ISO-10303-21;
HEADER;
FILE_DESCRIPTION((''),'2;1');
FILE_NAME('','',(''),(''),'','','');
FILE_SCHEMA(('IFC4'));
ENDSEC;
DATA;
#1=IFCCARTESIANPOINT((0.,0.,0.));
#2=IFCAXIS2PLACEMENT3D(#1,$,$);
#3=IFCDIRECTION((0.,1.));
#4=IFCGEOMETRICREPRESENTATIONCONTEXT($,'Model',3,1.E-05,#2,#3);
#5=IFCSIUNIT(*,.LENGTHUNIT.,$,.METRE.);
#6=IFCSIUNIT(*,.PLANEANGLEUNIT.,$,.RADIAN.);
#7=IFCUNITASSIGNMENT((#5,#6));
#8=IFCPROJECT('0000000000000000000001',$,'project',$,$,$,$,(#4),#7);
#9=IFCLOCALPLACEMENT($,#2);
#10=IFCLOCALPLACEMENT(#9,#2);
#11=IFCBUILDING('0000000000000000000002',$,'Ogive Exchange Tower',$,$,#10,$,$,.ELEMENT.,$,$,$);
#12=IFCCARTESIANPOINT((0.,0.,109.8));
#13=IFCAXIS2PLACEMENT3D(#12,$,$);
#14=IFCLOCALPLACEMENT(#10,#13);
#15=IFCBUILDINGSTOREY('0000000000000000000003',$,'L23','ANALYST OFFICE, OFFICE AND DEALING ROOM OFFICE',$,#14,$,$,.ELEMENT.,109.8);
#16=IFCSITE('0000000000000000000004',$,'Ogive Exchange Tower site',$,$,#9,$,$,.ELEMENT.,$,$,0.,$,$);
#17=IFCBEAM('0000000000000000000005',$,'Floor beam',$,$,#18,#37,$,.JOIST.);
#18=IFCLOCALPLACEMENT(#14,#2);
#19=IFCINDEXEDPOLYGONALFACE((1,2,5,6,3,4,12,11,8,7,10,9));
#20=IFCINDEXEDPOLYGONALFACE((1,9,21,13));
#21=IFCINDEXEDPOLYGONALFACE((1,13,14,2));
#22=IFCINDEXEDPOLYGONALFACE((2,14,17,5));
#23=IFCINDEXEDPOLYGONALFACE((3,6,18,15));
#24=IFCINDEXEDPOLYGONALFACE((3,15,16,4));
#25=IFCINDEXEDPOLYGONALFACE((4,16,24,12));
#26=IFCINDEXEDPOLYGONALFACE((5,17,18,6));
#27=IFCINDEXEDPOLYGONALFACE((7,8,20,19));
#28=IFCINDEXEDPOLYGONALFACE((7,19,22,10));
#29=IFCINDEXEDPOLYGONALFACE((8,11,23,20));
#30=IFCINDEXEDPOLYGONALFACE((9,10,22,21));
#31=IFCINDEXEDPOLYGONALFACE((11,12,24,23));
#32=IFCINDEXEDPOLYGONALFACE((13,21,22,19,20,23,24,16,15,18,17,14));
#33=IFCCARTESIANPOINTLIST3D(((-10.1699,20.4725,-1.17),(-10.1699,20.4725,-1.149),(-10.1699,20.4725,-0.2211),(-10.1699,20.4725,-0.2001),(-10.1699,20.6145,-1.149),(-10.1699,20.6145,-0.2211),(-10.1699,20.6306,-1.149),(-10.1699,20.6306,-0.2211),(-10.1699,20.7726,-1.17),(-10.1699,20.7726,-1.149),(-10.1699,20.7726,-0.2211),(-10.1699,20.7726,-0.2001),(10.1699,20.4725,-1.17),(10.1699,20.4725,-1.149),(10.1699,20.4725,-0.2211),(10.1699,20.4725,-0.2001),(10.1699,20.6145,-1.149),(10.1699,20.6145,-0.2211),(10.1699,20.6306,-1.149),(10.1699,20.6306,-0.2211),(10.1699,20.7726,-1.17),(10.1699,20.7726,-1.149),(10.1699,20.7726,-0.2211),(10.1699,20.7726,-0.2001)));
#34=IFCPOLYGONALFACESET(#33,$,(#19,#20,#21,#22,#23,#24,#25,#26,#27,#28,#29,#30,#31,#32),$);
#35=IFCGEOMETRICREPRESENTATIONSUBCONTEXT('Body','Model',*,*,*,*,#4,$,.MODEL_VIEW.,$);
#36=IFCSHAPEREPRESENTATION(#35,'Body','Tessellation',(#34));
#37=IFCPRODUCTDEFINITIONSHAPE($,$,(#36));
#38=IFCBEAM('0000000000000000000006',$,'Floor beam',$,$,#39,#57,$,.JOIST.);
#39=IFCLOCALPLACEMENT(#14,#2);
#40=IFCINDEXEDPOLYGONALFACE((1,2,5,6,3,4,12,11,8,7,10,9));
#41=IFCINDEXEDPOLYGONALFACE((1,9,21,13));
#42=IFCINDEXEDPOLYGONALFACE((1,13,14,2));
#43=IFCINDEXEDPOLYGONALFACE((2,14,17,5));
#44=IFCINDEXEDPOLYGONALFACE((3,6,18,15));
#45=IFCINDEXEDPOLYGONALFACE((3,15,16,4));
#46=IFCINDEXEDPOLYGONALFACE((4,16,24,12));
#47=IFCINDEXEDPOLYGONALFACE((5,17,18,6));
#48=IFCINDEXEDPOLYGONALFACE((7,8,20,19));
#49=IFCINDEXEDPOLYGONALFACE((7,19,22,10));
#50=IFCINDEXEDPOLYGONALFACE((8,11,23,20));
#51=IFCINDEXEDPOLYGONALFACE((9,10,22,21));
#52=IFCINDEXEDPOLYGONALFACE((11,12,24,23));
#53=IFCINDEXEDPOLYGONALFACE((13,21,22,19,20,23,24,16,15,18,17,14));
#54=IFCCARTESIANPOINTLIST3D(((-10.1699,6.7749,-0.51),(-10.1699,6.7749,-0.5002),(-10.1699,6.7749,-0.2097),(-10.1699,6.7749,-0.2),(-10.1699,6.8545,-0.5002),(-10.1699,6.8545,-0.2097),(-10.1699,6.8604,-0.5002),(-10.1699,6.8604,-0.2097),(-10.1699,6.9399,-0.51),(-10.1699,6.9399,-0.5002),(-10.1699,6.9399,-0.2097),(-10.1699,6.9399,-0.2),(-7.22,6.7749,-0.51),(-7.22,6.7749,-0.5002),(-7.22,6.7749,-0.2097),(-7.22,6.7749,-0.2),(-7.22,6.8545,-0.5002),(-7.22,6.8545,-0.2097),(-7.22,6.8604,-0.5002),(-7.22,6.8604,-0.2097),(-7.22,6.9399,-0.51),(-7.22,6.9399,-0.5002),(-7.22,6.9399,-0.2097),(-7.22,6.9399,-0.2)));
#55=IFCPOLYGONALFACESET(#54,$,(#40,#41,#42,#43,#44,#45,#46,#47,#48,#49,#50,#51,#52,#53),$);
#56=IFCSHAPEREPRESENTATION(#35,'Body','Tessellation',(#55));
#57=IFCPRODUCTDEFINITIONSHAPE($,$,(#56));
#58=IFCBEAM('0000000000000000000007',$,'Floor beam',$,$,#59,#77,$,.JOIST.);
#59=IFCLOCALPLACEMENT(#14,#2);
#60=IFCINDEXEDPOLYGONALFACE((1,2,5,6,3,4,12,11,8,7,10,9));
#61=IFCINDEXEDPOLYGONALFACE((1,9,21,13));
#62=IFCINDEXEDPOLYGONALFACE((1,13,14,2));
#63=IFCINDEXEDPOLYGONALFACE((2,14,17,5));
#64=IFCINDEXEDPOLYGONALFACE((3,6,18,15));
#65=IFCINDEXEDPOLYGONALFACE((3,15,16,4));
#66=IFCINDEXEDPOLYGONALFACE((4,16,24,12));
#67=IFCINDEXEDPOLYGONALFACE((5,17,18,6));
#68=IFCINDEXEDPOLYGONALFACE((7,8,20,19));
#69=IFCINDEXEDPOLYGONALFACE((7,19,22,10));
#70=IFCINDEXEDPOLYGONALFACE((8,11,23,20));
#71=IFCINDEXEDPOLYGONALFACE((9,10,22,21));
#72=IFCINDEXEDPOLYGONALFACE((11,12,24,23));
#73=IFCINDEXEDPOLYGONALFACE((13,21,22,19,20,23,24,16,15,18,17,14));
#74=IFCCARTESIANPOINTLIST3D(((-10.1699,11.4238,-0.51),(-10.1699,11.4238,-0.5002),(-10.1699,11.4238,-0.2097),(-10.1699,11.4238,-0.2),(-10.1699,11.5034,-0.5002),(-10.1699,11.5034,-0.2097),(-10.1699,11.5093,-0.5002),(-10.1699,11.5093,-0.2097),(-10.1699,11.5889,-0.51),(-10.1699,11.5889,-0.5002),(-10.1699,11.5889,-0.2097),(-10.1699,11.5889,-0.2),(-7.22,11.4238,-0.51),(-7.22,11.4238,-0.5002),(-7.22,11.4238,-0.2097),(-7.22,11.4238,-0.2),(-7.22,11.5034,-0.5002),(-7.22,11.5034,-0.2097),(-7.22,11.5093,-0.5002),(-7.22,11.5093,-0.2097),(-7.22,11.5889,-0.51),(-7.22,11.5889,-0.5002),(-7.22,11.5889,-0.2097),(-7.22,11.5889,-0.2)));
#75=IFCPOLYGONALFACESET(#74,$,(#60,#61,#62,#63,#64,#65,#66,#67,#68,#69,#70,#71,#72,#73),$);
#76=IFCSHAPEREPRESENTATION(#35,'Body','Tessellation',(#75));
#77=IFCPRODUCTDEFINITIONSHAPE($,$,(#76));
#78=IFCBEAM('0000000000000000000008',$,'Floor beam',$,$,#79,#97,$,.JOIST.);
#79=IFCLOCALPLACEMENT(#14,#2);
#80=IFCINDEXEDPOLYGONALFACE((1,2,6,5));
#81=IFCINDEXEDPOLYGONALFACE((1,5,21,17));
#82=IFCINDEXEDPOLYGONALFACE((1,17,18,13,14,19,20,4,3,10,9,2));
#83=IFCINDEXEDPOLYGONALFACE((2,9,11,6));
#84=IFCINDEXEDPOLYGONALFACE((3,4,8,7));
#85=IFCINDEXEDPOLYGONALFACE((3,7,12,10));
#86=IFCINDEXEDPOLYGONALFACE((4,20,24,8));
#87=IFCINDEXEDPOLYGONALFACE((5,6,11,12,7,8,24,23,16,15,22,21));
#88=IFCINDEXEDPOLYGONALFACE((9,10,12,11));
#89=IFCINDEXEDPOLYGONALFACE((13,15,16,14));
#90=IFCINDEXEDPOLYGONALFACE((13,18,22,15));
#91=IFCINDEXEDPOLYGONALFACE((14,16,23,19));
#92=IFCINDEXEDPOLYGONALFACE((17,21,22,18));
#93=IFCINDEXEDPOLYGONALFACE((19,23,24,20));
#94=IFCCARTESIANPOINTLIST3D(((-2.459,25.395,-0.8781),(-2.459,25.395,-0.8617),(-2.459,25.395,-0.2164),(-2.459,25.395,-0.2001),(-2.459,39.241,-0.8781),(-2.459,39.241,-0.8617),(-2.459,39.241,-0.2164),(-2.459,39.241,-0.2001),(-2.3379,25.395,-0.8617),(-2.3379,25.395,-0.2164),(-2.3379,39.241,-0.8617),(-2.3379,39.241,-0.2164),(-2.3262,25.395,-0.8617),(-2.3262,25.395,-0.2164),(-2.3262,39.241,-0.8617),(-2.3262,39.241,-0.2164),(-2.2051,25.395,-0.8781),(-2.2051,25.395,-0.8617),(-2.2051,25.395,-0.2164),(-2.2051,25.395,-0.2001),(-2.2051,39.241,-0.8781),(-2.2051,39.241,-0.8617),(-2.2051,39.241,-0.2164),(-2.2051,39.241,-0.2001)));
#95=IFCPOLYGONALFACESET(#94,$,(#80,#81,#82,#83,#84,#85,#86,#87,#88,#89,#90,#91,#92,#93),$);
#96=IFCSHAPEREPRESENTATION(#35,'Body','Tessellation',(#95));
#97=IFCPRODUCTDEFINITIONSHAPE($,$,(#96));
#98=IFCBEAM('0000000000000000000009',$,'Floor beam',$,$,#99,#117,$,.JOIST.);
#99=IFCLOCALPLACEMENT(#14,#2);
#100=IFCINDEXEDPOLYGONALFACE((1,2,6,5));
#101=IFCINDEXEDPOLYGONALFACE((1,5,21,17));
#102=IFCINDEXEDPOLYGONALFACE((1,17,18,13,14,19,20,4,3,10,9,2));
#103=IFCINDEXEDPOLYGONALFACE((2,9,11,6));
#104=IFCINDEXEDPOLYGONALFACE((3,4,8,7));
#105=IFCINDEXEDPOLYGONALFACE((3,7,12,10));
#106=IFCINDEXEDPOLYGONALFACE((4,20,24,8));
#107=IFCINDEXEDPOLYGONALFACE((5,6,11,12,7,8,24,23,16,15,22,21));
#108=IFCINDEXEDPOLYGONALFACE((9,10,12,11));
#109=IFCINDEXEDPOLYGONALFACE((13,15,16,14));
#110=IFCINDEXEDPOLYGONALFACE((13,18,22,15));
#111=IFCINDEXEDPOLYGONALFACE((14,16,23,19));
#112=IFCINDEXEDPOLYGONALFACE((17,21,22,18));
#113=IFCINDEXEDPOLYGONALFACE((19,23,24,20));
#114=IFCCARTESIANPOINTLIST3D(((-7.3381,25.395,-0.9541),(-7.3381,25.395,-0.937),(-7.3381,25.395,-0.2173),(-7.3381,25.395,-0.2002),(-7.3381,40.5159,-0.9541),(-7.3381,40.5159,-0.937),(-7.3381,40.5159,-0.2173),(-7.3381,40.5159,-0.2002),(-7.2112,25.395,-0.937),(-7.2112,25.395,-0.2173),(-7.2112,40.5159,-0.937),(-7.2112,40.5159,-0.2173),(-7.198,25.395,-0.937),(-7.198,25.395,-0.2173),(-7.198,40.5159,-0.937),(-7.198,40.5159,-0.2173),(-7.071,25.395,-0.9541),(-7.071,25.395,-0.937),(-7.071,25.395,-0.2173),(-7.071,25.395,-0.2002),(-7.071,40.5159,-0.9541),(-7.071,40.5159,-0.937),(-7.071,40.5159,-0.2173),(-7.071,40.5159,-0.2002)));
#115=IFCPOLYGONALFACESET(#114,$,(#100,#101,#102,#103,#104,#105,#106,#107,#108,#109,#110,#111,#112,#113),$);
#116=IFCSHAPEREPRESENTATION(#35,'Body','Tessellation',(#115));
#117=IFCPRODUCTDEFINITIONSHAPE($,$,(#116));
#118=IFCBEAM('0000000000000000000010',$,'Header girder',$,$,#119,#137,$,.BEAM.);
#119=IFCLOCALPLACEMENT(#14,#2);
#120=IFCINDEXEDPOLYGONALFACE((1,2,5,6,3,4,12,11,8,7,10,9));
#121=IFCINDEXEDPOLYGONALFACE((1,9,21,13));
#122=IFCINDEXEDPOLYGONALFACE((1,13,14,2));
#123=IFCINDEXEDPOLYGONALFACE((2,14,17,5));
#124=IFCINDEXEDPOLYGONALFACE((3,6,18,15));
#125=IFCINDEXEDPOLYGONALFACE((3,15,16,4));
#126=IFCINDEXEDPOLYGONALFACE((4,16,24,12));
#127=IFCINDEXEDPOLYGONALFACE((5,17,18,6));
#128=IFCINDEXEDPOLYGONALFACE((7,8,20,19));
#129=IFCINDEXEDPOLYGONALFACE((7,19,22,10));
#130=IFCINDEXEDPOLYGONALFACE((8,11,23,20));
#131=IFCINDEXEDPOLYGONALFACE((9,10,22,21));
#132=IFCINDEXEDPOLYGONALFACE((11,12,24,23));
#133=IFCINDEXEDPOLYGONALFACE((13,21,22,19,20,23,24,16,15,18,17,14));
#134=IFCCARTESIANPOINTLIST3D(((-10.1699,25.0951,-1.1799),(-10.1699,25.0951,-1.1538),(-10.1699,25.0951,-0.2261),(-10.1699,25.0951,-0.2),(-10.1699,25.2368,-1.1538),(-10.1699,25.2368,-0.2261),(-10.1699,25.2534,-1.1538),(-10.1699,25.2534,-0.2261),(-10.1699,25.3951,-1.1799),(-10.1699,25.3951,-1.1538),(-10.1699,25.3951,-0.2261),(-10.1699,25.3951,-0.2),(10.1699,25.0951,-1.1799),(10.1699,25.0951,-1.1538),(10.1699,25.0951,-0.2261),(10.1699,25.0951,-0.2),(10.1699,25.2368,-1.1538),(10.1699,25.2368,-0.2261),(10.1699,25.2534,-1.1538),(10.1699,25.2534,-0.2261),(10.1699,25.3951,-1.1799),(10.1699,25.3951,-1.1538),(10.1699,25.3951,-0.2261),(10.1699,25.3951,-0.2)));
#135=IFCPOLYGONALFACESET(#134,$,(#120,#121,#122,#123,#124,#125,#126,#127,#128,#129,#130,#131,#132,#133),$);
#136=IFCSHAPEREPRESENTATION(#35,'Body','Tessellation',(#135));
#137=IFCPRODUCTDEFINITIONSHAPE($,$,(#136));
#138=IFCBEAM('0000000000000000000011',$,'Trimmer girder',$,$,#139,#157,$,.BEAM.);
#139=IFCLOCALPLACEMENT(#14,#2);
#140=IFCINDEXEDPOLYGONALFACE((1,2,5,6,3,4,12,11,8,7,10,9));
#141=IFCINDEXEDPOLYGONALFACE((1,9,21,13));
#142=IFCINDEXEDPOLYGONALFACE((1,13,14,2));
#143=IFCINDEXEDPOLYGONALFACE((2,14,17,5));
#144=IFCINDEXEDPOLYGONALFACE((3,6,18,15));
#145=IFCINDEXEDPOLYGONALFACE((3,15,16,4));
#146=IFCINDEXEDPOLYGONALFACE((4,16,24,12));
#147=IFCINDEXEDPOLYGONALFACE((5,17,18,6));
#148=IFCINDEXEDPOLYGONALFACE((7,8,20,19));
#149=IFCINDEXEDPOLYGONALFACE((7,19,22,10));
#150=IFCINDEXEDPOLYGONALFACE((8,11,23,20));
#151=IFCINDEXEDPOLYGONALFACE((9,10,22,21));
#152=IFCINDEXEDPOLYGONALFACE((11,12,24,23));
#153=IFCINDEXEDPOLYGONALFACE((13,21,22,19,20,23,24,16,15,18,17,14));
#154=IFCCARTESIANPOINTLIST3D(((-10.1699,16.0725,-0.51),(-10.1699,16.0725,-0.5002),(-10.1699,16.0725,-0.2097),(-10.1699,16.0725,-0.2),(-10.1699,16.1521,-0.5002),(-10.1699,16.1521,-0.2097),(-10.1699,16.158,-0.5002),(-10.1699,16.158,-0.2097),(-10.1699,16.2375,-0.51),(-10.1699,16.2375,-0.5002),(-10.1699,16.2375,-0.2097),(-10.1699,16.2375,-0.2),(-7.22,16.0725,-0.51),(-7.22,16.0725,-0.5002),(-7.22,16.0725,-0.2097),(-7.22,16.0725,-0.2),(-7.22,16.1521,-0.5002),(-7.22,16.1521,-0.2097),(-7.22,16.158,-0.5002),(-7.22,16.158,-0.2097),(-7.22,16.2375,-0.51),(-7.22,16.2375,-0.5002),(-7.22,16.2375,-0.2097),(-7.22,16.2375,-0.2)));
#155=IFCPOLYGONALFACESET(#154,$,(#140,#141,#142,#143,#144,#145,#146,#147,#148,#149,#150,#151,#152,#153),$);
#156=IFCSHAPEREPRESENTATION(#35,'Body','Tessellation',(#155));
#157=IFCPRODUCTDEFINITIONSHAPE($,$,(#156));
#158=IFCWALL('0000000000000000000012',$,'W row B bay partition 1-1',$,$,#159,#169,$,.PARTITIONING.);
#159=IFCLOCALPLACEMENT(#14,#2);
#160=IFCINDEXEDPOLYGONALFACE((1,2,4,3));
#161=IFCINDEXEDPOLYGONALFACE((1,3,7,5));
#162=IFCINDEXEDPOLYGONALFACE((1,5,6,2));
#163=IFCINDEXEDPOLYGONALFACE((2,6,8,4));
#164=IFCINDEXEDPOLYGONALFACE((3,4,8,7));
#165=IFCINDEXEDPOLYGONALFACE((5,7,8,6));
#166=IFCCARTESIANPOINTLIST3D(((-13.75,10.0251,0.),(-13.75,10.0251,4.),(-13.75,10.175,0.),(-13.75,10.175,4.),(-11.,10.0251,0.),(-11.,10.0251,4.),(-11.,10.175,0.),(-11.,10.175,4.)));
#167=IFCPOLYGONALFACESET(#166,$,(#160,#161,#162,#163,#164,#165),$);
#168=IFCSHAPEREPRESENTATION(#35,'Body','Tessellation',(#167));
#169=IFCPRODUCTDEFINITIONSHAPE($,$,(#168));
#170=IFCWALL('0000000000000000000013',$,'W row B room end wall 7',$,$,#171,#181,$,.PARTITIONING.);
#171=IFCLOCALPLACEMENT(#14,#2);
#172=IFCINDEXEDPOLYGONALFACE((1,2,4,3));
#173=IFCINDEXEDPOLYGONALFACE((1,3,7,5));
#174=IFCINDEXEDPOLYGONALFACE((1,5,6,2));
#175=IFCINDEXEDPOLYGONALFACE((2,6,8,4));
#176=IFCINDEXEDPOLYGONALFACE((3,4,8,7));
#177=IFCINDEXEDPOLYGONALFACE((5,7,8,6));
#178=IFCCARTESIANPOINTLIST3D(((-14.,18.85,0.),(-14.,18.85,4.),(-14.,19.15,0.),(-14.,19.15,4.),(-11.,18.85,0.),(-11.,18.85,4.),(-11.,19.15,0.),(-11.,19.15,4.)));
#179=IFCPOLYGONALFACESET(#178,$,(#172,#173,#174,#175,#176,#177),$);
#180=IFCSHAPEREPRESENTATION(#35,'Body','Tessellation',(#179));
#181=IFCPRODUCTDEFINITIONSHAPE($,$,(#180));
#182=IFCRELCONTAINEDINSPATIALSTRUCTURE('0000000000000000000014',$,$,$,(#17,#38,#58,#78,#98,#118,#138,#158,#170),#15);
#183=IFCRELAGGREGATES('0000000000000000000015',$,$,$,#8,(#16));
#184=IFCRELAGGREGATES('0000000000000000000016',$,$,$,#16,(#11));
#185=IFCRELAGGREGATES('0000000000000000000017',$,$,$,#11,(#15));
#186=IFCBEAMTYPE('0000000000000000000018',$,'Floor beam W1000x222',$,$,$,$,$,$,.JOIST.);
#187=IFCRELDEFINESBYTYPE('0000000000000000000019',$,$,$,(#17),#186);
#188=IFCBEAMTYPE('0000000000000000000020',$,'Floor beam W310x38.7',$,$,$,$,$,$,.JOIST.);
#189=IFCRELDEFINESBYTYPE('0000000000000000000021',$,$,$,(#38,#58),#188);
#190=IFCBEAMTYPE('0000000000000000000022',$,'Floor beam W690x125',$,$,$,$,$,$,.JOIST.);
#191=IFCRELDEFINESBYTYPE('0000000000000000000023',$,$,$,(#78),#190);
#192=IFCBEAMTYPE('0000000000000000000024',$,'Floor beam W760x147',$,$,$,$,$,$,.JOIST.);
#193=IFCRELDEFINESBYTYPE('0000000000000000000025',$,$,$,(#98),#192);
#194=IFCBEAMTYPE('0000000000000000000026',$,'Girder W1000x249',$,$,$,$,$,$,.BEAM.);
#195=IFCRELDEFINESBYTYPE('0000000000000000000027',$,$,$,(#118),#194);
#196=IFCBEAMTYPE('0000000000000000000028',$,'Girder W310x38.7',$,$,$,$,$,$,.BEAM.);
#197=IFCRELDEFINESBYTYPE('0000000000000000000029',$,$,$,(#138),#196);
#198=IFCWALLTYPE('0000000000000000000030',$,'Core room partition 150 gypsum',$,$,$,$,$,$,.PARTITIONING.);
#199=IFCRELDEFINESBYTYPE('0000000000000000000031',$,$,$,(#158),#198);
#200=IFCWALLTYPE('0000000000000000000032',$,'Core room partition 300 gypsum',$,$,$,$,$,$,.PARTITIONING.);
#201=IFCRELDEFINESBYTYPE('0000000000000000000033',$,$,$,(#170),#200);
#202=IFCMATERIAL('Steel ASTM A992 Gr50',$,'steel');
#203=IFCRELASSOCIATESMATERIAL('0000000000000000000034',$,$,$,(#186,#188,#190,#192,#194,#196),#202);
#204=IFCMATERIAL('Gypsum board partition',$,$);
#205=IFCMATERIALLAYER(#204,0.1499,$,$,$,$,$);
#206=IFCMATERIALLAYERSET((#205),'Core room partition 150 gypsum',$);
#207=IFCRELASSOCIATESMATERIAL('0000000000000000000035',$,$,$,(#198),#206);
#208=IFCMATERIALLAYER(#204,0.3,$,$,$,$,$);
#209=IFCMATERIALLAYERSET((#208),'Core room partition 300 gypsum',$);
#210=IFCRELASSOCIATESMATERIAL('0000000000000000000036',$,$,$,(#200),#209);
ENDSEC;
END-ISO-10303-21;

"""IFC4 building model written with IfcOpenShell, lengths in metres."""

from ifc_helpers import new_model, si_unit, direction, frame, frame_2d, origin, origin_2d, place, context, subcontext, project, spatial, rectangle, i_section, extrude, material, layer, layer_set, material_profile, profile_set, type_object, element, save


model = new_model("IFC4")

# Units and contexts
model_context = context("Model", 3, precision=1e-05, world=origin(), true_north=direction((0.0, 1.0)))
body_context = subcontext(model_context, "Body", "Model", "MODEL_VIEW")
ifc_project = project(units=[si_unit("LENGTHUNIT", "METRE"), si_unit("PLANEANGLEUNIT", "RADIAN")], contexts=[model_context])

# Site, building, storey
site_placement = place(None, origin())
site = spatial("IfcSite", under=ifc_project, at=site_placement, Name="Ogive Exchange Tower site", CompositionType="ELEMENT", RefElevation=0.0)
building_placement = place(site_placement, origin())
building = spatial("IfcBuilding", under=site, at=building_placement, Name="Ogive Exchange Tower", CompositionType="ELEMENT")
storey_placement = place(building_placement, frame((0.0, 0.0, 109.8)))
storey = spatial("IfcBuildingStorey", under=building, at=storey_placement, Name="L23", Description="ANALYST OFFICE, OFFICE AND DEALING ROOM OFFICE", CompositionType="ELEMENT", Elevation=109.8)

# Beams
ifc_material_1 = material(Name="Steel ASTM A992 Gr50", Category="steel")
ifc_material_profile_1 = material_profile(ifc_material_1, i_section(OverallWidth=0.3, OverallDepth=0.97, WebThickness=0.0161, FlangeThickness=0.021, at=origin_2d()), Name="W1000x222")
ifc_profile_set_1 = profile_set([ifc_material_profile_1], Name="Steel ASTM A992 Gr50")
beam_type_1 = type_object("IfcBeamType", Name="Floor beam W1000x222", PredefinedType="JOIST", material=ifc_profile_set_1)
beam_1_placement = place(storey_placement, frame((-10.1699, 20.6226, -0.6851), z_axis=(1.0, 0.0, 0.0), x_axis=(0.0, 1.0, 0.0)))
element("IfcBeam", 1, at=beam_1_placement, inside=storey, type_object=beam_type_1, Name="Floor beam", PredefinedType="JOIST", context=body_context, shape_type="SweptSolid", body=[
    extrude(i_section(OverallWidth=0.3, OverallDepth=0.97, WebThickness=0.0161, FlangeThickness=0.021, at=origin_2d()), origin(), (0.0, 0.0, 1.0), 20.3398),
])
ifc_material_profile_2 = material_profile(ifc_material_1, i_section(OverallWidth=0.165, OverallDepth=0.3101, WebThickness=0.0059, FlangeThickness=0.0098, at=origin_2d()), Name="W310x38.7")
ifc_profile_set_2 = profile_set([ifc_material_profile_2], Name="Steel ASTM A992 Gr50")
beam_type_2 = type_object("IfcBeamType", Name="Floor beam W310x38.7", PredefinedType="JOIST", material=ifc_profile_set_2)
for number, where, z_axis, x_axis, name in (
    (2, (-10.1699, 6.8574, -0.355), (1.0, 0.0, 0.0), (0.0, 1.0, 0.0), "Floor beam"),
    (3, (-10.1699, 11.5063, -0.355), (1.0, 0.0, 0.0), (0.0, 1.0, 0.0), "Floor beam"),
):
    element("IfcBeam", number, at=place(storey_placement, frame(where, z_axis=z_axis, x_axis=x_axis)), inside=storey, type_object=beam_type_2, Name=name, PredefinedType="JOIST", context=body_context, shape_type="SweptSolid", body=[
        extrude(i_section(OverallWidth=0.165, OverallDepth=0.3101, WebThickness=0.0059, FlangeThickness=0.0098, at=origin_2d()), origin(), (0.0, 0.0, 1.0), 2.95),
    ])
ifc_material_profile_3 = material_profile(ifc_material_1, i_section(OverallWidth=0.2539, OverallDepth=0.678, WebThickness=0.0117, FlangeThickness=0.0164, at=origin_2d()), Name="W690x125")
ifc_profile_set_3 = profile_set([ifc_material_profile_3], Name="Steel ASTM A992 Gr50")
beam_type_3 = type_object("IfcBeamType", Name="Floor beam W690x125", PredefinedType="JOIST", material=ifc_profile_set_3)
beam_2_placement = place(storey_placement, frame((-2.332, 25.395, -0.5391), z_axis=(0.0, 1.0, 0.0), x_axis=(-1.0, 0.0, 0.0)))
element("IfcBeam", 4, at=beam_2_placement, inside=storey, type_object=beam_type_3, Name="Floor beam", PredefinedType="JOIST", context=body_context, shape_type="SweptSolid", body=[
    extrude(i_section(OverallWidth=0.2539, OverallDepth=0.678, WebThickness=0.0117, FlangeThickness=0.0164, at=origin_2d()), origin(), (0.0, 0.0, 1.0), 13.8459),
])
ifc_material_profile_4 = material_profile(ifc_material_1, i_section(OverallWidth=0.2671, OverallDepth=0.7539, WebThickness=0.0132, FlangeThickness=0.0171, at=origin_2d()), Name="W760x147")
ifc_profile_set_4 = profile_set([ifc_material_profile_4], Name="Steel ASTM A992 Gr50")
beam_type_4 = type_object("IfcBeamType", Name="Floor beam W760x147", PredefinedType="JOIST", material=ifc_profile_set_4)
beam_3_placement = place(storey_placement, frame((-7.2046, 25.395, -0.5771), z_axis=(0.0, 1.0, 0.0), x_axis=(-1.0, 0.0, 0.0)))
element("IfcBeam", 5, at=beam_3_placement, inside=storey, type_object=beam_type_4, Name="Floor beam", PredefinedType="JOIST", context=body_context, shape_type="SweptSolid", body=[
    extrude(i_section(OverallWidth=0.2671, OverallDepth=0.7539, WebThickness=0.0132, FlangeThickness=0.0171, at=origin_2d()), origin(), (0.0, 0.0, 1.0), 15.1208),
])
ifc_material_profile_5 = material_profile(ifc_material_1, i_section(OverallWidth=0.3, OverallDepth=0.98, WebThickness=0.0166, FlangeThickness=0.0261, at=origin_2d()), Name="W1000x249")
ifc_profile_set_5 = profile_set([ifc_material_profile_5], Name="Steel ASTM A992 Gr50")
beam_type_5 = type_object("IfcBeamType", Name="Girder W1000x249", PredefinedType="BEAM", material=ifc_profile_set_5)
beam_4_placement = place(storey_placement, frame((-10.1699, 25.2451, -0.6899), z_axis=(1.0, 0.0, 0.0), x_axis=(0.0, 1.0, 0.0)))
element("IfcBeam", 6, at=beam_4_placement, inside=storey, type_object=beam_type_5, Name="Header girder", PredefinedType="BEAM", context=body_context, shape_type="SweptSolid", body=[
    extrude(i_section(OverallWidth=0.3, OverallDepth=0.98, WebThickness=0.0166, FlangeThickness=0.0261, at=origin_2d()), origin(), (0.0, 0.0, 1.0), 20.3398),
])
ifc_material_profile_6 = material_profile(ifc_material_1, i_section(OverallWidth=0.165, OverallDepth=0.3101, WebThickness=0.0059, FlangeThickness=0.0098, at=origin_2d()), Name="W310x38.7")
ifc_profile_set_6 = profile_set([ifc_material_profile_6], Name="Steel ASTM A992 Gr50")
beam_type_6 = type_object("IfcBeamType", Name="Girder W310x38.7", PredefinedType="BEAM", material=ifc_profile_set_6)
beam_5_placement = place(storey_placement, frame((-10.1699, 16.155, -0.355), z_axis=(1.0, 0.0, 0.0), x_axis=(0.0, 1.0, 0.0)))
element("IfcBeam", 7, at=beam_5_placement, inside=storey, type_object=beam_type_6, Name="Trimmer girder", PredefinedType="BEAM", context=body_context, shape_type="SweptSolid", body=[
    extrude(i_section(OverallWidth=0.165, OverallDepth=0.3101, WebThickness=0.0059, FlangeThickness=0.0098, at=origin_2d()), origin(), (0.0, 0.0, 1.0), 2.95),
])

# Walls
ifc_material_2 = material(Name="Gypsum board partition")
ifc_layer_1 = layer(ifc_material_2, 0.1499)
ifc_layer_set_1 = layer_set([ifc_layer_1], Name="Core room partition 150 gypsum")
wall_type_1 = type_object("IfcWallType", Name="Core room partition 150 gypsum", PredefinedType="PARTITIONING", material=ifc_layer_set_1)
wall_1_placement = place(storey_placement, frame((-13.75, 10.1001, 0.0), z_axis=(0.0, 0.0, 1.0), x_axis=(1.0, 0.0, 0.0)))
element("IfcWall", 8, at=wall_1_placement, inside=storey, type_object=wall_type_1, Name="W row B bay partition 1-1", PredefinedType="PARTITIONING", context=body_context, shape_type="SweptSolid", body=[
    extrude(rectangle(XDim=2.75, YDim=0.1499, at=frame_2d((1.375, 0.0))), origin(), (0.0, 0.0, 1.0), 4.0),
])
ifc_layer_2 = layer(ifc_material_2, 0.3)
ifc_layer_set_2 = layer_set([ifc_layer_2], Name="Core room partition 300 gypsum")
wall_type_2 = type_object("IfcWallType", Name="Core room partition 300 gypsum", PredefinedType="PARTITIONING", material=ifc_layer_set_2)
wall_2_placement = place(storey_placement, frame((-14.0, 19.0, 0.0), z_axis=(0.0, 0.0, 1.0), x_axis=(1.0, 0.0, 0.0)))
element("IfcWall", 9, at=wall_2_placement, inside=storey, type_object=wall_type_2, Name="W row B room end wall 7", PredefinedType="PARTITIONING", context=body_context, shape_type="SweptSolid", body=[
    extrude(rectangle(XDim=3.0, YDim=0.3, at=frame_2d((1.5, 0.0))), origin(), (0.0, 0.0, 1.0), 4.0),
])

save(model, "model.ifc")
